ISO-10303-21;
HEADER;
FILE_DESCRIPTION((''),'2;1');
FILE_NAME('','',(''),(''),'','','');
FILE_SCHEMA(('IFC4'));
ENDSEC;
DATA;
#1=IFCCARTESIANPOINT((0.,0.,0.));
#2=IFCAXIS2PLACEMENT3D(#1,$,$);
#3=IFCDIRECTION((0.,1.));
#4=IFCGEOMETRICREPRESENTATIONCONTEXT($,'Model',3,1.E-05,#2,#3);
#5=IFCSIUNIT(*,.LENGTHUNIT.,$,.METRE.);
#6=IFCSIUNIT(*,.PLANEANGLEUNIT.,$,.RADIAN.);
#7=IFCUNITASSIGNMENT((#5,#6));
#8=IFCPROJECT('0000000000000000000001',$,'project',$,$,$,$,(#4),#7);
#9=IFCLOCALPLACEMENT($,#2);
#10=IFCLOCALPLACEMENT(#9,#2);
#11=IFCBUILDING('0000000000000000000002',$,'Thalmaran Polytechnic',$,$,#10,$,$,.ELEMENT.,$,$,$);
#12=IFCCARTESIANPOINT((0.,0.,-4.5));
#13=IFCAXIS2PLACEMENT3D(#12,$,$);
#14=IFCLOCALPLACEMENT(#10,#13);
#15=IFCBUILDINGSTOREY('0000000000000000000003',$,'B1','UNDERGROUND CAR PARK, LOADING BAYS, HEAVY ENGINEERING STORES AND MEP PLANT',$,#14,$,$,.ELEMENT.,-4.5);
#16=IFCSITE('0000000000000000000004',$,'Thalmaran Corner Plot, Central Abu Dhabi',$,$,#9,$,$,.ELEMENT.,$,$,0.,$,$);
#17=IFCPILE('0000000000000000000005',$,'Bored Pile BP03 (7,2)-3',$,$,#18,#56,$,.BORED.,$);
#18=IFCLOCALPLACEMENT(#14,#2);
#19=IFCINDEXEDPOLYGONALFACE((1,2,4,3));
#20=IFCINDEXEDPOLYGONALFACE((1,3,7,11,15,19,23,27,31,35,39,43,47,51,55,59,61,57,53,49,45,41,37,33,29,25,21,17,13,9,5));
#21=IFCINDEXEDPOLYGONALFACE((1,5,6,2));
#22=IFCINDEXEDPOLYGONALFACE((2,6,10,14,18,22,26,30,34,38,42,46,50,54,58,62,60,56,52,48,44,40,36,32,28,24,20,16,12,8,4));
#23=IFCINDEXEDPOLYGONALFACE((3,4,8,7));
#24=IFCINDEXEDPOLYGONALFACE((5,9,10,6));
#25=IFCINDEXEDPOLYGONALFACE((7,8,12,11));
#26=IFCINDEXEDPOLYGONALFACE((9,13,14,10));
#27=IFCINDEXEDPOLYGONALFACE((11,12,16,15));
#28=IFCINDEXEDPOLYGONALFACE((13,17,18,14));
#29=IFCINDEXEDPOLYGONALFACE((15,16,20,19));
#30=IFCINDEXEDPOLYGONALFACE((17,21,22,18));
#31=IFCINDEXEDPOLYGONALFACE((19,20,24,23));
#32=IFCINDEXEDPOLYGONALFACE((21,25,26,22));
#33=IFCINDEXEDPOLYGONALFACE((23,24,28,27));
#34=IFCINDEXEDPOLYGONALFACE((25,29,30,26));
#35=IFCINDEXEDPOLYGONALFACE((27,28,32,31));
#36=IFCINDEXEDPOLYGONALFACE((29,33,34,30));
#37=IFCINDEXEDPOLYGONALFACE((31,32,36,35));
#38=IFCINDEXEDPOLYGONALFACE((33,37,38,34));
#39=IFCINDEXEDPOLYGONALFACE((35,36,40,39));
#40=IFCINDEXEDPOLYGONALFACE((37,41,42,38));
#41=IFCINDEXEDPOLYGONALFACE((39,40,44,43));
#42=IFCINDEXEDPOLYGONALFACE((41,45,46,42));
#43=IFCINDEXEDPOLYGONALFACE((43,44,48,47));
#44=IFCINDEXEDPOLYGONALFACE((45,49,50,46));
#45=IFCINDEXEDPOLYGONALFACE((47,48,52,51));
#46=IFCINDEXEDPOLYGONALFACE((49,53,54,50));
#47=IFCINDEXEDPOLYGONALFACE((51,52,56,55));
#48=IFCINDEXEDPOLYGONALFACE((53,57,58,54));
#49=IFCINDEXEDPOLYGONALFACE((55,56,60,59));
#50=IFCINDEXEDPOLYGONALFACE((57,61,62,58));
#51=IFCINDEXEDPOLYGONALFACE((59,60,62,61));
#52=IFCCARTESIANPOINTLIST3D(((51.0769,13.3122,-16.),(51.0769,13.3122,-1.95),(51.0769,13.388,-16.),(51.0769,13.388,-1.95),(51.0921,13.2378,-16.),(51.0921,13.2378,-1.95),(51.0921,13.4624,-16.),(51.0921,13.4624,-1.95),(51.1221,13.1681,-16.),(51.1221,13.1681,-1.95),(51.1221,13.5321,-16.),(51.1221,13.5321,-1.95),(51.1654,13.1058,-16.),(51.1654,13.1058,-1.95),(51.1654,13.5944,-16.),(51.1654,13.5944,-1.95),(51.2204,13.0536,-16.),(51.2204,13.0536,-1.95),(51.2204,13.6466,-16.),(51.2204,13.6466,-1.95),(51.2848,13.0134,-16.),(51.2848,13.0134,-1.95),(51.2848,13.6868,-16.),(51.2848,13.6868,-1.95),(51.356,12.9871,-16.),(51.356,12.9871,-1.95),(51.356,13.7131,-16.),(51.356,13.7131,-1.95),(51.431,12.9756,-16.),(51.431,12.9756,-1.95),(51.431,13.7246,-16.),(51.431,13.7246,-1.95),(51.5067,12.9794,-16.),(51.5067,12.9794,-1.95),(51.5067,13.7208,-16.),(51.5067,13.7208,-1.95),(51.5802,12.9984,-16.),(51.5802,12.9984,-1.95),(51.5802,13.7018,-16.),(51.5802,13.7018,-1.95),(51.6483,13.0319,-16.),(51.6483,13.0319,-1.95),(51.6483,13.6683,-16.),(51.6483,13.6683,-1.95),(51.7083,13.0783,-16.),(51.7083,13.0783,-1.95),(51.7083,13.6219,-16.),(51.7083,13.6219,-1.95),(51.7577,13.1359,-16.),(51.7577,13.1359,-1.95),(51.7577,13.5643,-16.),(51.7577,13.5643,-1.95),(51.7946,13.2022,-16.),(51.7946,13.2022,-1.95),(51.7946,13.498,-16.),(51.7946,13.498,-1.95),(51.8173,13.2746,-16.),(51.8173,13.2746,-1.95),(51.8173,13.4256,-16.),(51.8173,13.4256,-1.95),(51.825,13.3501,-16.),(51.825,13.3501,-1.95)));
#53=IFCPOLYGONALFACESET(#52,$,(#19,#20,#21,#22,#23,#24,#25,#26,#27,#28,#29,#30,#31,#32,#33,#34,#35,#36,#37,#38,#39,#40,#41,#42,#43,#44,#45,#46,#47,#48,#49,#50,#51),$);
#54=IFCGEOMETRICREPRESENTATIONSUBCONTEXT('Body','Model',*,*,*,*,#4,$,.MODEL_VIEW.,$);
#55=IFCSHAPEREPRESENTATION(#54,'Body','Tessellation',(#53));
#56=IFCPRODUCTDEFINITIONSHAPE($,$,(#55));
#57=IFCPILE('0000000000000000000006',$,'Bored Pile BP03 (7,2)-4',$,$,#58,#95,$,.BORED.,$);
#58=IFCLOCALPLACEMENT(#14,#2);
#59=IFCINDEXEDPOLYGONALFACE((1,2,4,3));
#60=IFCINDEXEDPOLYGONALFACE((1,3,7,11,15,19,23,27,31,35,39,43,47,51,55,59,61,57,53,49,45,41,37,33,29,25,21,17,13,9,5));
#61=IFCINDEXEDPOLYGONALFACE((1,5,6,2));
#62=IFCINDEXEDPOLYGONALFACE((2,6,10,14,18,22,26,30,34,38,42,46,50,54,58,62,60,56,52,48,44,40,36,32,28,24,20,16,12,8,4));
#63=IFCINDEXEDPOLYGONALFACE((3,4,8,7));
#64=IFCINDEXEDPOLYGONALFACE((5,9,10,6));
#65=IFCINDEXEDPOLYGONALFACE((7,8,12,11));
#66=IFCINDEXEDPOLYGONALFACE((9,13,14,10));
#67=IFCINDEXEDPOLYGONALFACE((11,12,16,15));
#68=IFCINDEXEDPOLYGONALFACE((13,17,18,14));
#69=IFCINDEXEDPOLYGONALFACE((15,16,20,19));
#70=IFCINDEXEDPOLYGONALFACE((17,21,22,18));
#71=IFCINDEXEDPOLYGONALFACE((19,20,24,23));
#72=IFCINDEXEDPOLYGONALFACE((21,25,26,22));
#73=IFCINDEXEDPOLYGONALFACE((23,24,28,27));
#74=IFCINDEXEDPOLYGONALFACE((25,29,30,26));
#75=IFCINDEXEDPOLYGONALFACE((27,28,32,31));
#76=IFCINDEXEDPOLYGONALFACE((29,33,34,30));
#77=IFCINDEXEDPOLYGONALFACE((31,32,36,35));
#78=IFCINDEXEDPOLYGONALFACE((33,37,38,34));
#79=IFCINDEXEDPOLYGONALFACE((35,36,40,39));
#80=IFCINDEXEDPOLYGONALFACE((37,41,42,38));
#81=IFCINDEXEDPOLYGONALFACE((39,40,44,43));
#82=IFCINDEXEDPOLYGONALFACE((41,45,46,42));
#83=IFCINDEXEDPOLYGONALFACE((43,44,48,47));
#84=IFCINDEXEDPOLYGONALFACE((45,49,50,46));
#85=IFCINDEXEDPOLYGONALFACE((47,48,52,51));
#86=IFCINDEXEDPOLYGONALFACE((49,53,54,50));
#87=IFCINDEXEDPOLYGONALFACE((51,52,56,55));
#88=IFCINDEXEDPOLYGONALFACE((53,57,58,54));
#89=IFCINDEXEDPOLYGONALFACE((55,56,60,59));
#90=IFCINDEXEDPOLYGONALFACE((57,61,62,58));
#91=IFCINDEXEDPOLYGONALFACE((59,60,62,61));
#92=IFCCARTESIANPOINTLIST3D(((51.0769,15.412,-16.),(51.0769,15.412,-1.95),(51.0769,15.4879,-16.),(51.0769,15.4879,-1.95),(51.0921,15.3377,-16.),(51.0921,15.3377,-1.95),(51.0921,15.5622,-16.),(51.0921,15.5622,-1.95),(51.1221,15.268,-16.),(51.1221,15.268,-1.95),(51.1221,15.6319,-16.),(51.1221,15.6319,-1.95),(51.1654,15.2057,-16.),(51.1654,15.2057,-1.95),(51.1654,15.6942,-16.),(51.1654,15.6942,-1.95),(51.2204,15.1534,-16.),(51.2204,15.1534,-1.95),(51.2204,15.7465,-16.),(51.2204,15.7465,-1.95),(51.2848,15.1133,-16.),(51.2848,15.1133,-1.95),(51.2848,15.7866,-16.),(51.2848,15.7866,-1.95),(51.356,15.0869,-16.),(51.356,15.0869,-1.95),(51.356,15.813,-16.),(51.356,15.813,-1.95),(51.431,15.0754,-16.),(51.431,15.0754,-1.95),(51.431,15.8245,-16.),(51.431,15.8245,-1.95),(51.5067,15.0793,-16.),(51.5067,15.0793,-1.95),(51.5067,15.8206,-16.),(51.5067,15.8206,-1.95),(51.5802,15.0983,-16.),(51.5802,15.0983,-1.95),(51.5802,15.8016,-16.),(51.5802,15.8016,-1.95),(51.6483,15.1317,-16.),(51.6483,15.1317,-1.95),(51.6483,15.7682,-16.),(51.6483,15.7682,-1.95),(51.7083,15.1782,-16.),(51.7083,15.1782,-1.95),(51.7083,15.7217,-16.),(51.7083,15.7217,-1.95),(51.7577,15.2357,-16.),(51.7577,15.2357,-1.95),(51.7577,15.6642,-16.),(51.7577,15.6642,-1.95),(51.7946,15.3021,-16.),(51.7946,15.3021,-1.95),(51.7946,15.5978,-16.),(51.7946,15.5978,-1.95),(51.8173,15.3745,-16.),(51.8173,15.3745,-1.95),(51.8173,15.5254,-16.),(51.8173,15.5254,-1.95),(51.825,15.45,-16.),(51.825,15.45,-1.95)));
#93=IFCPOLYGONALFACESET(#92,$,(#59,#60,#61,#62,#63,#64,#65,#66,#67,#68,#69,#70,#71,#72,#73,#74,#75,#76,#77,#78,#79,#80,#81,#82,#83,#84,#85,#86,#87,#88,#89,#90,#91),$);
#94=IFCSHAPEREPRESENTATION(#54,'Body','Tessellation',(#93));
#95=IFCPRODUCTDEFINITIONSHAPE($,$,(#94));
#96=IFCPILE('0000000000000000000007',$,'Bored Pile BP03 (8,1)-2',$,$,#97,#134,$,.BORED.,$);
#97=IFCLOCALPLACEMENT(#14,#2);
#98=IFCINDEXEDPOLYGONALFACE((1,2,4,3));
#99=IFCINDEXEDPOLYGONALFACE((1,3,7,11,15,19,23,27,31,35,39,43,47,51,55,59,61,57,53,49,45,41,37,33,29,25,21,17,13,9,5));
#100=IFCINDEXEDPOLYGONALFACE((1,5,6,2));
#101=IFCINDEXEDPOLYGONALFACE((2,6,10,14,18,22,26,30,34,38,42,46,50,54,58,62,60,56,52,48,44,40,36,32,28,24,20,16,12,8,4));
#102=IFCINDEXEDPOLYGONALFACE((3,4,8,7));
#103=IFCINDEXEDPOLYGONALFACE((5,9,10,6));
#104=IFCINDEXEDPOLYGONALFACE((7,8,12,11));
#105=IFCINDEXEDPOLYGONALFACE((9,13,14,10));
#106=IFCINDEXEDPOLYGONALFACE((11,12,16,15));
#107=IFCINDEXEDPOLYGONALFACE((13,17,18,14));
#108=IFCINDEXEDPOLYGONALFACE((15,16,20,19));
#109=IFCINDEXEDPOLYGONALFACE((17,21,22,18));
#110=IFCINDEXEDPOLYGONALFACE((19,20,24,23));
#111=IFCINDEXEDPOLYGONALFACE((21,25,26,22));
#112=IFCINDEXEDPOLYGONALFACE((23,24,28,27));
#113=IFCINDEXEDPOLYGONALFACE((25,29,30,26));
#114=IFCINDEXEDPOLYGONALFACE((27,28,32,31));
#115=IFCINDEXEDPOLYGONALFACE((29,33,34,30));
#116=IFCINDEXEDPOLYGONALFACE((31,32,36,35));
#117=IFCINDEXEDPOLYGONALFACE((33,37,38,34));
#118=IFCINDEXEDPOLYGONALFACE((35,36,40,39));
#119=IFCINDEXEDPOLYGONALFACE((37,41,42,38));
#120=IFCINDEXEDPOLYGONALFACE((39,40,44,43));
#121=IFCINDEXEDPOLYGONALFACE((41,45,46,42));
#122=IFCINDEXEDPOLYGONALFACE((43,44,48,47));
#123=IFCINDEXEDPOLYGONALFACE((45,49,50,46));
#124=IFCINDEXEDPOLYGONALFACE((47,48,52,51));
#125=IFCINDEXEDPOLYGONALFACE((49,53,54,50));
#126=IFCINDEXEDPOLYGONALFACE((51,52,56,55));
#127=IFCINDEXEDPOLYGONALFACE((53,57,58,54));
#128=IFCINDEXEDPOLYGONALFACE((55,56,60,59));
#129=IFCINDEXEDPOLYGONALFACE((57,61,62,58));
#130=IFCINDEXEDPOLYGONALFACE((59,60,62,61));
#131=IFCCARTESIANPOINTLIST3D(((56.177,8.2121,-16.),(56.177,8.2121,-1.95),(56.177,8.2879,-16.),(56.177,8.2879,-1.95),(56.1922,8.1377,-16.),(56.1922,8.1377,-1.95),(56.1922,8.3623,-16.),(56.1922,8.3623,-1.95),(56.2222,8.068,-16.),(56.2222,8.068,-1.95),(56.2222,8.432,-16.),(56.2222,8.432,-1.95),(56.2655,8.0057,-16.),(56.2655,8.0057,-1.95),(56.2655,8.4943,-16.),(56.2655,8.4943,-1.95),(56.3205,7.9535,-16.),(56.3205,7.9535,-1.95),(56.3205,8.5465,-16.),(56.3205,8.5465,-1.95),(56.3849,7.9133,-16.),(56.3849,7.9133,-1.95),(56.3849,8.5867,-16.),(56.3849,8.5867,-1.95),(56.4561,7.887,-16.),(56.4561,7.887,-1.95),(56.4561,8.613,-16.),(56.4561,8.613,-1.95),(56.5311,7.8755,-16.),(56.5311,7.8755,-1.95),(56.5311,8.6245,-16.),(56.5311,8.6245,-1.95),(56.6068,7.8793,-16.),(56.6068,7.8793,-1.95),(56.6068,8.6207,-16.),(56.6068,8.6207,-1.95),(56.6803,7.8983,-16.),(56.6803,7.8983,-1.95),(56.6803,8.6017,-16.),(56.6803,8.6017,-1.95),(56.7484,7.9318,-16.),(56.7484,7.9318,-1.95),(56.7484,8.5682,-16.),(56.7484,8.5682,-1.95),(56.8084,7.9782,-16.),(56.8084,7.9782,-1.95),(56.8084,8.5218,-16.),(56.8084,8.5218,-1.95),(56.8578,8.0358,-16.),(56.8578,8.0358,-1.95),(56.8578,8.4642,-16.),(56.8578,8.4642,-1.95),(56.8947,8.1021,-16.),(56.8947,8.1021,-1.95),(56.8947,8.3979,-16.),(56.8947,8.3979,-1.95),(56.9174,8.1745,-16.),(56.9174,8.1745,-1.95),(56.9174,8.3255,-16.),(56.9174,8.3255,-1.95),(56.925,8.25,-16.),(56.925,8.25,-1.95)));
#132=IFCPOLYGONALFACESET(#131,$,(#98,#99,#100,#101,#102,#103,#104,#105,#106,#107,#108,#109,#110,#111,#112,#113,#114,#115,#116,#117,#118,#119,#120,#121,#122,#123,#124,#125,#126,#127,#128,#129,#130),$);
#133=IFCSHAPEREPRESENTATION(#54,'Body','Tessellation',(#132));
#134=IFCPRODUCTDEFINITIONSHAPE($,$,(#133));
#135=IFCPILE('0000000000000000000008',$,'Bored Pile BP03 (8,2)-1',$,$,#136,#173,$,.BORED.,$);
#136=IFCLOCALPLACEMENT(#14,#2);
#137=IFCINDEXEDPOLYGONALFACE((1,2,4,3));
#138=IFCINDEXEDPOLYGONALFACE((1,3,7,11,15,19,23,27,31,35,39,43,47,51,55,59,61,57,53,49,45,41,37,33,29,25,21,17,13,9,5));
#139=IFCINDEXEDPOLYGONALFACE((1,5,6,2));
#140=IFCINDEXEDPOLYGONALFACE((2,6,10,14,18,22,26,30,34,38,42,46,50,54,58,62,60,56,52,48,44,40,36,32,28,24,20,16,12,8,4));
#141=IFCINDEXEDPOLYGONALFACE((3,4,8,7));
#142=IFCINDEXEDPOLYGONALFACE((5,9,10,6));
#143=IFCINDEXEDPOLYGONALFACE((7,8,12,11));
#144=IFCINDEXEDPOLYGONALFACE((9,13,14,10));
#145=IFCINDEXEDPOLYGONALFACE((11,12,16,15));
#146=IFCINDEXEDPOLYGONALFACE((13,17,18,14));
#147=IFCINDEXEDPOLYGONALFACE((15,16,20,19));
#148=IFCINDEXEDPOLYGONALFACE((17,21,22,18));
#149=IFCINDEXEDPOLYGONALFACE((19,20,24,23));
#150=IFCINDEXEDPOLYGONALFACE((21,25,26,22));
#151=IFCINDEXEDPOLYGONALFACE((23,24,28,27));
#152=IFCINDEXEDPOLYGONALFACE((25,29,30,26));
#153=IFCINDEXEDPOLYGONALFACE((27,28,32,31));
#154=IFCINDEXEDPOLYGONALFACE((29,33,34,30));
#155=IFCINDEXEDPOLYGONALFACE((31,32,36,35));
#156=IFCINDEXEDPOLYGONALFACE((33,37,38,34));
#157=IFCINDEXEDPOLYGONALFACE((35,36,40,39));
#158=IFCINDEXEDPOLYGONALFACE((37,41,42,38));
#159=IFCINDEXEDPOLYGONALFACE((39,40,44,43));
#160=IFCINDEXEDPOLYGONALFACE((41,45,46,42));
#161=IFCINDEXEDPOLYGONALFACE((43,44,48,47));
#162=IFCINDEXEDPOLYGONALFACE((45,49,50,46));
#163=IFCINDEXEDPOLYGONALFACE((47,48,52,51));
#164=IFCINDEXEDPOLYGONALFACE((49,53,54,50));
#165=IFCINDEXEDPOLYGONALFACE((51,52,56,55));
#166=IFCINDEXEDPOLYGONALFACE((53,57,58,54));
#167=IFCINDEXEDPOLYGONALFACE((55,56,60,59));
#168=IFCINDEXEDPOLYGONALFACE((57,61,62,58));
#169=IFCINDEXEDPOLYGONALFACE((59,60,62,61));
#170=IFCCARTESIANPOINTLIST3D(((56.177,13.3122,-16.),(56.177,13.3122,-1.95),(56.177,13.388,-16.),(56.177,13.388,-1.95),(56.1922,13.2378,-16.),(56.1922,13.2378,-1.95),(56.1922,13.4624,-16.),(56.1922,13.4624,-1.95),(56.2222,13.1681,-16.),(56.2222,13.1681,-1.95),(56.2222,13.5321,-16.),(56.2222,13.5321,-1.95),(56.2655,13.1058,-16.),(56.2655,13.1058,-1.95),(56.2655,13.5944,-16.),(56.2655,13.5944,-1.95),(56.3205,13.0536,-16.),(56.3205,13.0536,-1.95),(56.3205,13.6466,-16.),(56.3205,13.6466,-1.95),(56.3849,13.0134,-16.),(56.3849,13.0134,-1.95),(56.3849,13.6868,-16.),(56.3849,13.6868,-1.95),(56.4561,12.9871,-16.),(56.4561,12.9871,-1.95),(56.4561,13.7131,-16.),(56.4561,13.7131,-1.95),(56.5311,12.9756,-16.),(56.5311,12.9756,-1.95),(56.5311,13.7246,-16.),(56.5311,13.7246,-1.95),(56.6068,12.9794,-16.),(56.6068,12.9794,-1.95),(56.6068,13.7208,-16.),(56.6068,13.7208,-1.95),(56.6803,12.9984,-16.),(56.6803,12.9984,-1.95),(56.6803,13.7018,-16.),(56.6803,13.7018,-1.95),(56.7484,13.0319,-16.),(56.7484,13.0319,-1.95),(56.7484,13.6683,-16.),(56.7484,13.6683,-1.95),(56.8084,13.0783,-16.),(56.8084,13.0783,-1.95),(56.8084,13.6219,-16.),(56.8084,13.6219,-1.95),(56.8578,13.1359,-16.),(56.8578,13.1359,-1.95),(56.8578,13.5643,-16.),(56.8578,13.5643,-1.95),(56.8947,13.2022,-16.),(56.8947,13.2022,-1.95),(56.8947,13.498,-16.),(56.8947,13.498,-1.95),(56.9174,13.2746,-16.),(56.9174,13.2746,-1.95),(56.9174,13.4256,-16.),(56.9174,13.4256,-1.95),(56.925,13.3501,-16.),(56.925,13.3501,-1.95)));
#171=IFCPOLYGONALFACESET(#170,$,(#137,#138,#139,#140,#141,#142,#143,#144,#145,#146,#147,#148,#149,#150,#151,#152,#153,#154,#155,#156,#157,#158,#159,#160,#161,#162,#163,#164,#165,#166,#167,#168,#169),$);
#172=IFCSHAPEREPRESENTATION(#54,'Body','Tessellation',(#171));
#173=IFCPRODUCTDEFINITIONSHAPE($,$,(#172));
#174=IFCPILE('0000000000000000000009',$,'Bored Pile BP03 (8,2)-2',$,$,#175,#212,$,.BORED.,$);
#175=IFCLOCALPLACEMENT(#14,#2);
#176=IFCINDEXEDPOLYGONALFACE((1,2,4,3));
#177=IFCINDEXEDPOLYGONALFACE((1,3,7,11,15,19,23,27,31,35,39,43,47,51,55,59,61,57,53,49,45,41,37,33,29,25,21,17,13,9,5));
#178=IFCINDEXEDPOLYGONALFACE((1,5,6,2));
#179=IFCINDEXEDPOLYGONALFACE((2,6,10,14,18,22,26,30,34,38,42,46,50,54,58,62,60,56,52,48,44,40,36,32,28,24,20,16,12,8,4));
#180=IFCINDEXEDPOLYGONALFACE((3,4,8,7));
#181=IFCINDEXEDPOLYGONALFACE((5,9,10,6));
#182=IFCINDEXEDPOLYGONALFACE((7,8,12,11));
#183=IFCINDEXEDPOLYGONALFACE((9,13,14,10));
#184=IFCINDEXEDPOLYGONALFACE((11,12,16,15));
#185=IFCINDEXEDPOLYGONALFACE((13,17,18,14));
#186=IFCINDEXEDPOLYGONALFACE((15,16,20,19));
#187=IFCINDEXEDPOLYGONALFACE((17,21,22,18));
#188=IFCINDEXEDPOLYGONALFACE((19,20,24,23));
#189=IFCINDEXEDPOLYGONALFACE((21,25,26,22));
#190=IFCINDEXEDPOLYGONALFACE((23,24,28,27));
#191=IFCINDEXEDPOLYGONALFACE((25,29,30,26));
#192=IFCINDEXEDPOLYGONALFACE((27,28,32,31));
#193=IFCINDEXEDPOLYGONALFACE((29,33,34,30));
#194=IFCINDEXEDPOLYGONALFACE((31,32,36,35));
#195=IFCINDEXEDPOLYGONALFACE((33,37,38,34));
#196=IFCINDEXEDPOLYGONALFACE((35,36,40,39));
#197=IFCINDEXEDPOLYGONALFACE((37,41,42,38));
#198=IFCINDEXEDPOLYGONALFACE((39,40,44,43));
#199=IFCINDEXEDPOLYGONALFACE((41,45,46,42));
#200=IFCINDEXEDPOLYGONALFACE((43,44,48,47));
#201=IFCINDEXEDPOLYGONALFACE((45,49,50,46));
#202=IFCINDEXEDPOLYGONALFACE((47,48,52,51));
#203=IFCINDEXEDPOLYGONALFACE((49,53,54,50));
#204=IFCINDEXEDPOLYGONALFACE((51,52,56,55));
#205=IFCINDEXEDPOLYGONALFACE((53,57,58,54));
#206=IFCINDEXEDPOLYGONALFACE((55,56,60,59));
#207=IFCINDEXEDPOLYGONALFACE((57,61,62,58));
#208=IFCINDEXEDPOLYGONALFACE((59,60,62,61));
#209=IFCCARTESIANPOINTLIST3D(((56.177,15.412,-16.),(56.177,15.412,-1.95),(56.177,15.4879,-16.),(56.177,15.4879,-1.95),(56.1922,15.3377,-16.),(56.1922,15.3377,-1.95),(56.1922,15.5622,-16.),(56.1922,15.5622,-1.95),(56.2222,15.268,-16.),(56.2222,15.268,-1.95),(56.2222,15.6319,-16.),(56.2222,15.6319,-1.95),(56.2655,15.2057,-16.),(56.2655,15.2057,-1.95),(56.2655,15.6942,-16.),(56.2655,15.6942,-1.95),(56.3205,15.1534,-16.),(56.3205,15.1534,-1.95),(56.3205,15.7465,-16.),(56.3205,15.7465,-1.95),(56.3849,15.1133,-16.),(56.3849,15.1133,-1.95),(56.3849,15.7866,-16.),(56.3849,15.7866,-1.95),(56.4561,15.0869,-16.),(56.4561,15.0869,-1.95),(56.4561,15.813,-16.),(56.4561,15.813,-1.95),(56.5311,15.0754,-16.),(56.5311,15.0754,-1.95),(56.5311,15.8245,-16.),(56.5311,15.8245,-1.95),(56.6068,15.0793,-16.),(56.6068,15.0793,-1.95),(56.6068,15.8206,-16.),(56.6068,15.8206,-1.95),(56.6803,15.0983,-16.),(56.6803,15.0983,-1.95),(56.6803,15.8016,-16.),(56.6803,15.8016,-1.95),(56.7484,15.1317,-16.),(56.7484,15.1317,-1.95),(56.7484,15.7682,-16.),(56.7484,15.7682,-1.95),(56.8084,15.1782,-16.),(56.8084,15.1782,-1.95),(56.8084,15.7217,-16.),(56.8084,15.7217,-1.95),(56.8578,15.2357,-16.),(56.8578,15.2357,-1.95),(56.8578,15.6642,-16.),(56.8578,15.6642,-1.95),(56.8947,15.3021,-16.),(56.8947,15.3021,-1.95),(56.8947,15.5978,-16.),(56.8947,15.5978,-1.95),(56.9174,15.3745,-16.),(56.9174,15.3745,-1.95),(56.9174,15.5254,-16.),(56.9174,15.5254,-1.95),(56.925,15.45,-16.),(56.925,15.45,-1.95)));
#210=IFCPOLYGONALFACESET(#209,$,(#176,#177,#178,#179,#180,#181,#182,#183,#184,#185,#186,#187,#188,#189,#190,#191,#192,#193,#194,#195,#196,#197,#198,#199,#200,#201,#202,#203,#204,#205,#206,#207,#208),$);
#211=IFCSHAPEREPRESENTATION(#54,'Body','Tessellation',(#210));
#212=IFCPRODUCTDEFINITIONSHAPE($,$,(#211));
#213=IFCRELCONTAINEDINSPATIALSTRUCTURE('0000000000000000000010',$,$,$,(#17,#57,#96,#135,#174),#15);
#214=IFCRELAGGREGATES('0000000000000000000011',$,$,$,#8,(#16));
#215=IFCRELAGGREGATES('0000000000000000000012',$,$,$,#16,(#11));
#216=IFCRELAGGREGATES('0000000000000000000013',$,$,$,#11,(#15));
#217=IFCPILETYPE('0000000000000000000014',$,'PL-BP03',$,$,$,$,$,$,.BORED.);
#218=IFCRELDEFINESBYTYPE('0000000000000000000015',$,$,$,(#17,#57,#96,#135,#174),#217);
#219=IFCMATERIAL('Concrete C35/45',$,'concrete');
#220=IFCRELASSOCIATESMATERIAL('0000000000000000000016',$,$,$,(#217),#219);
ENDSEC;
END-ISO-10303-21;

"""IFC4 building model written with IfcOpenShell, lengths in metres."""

from ifc_helpers import new_model, si_unit, direction, frame, origin, origin_2d, place, context, subcontext, project, spatial, circle, extrude, material, material_profile, profile_set, type_object, element, save


model = new_model("IFC4")

# Units and contexts
model_context = context("Model", 3, precision=1e-05, world=origin(), true_north=direction((0.0, 1.0)))
body_context = subcontext(model_context, "Body", "Model", "MODEL_VIEW")
ifc_project = project(units=[si_unit("LENGTHUNIT", "METRE"), si_unit("PLANEANGLEUNIT", "RADIAN")], contexts=[model_context])

# Site, building, storey
site_placement = place(None, origin())
site = spatial("IfcSite", under=ifc_project, at=site_placement, Name="Thalmaran Corner Plot, Central Abu Dhabi", CompositionType="ELEMENT", RefElevation=0.0)
building_placement = place(site_placement, origin())
building = spatial("IfcBuilding", under=site, at=building_placement, Name="Thalmaran Polytechnic", CompositionType="ELEMENT")
storey_placement = place(building_placement, frame((0.0, 0.0, -4.5)))
storey = spatial("IfcBuildingStorey", under=building, at=storey_placement, Name="B1", Description="UNDERGROUND CAR PARK, LOADING BAYS, HEAVY ENGINEERING STORES AND MEP PLANT", CompositionType="ELEMENT", Elevation=-4.5)

# Piles
ifc_material_1 = material(Name="Concrete C35/45", Category="concrete")
ifc_material_profile_1 = material_profile(ifc_material_1, circle(Radius=0.375, at=origin_2d()), Name="RC 750 DIA")
ifc_profile_set_1 = profile_set([ifc_material_profile_1], Name="Concrete C35/45")
pile_type = type_object("IfcPileType", Name="PL-BP03", PredefinedType="BORED", material=ifc_profile_set_1)
for number, where, z_axis, x_axis, name in (
    (1, (51.45, 13.3501, -1.95), (0.0, 0.0, -1.0), (1.0, 0.0, 0.0), "Bored Pile BP03 (7,2)-3"),
    (2, (51.45, 15.45, -1.95), (0.0, 0.0, -1.0), (1.0, 0.0, 0.0), "Bored Pile BP03 (7,2)-4"),
    (3, (56.55, 8.25, -1.95), (0.0, 0.0, -1.0), (1.0, 0.0, 0.0), "Bored Pile BP03 (8,1)-2"),
    (4, (56.55, 13.3501, -1.95), (0.0, 0.0, -1.0), (1.0, 0.0, 0.0), "Bored Pile BP03 (8,2)-1"),
    (5, (56.55, 15.45, -1.95), (0.0, 0.0, -1.0), (1.0, 0.0, 0.0), "Bored Pile BP03 (8,2)-2"),
):
    element("IfcPile", number, at=place(storey_placement, frame(where, z_axis=z_axis, x_axis=x_axis)), inside=storey, type_object=pile_type, Name=name, PredefinedType="BORED", context=body_context, shape_type="SweptSolid", body=[
        extrude(circle(Radius=0.375, at=origin_2d()), origin(), (0.0, 0.0, 1.0), 14.05),
    ])

save(model, "model.ifc")
